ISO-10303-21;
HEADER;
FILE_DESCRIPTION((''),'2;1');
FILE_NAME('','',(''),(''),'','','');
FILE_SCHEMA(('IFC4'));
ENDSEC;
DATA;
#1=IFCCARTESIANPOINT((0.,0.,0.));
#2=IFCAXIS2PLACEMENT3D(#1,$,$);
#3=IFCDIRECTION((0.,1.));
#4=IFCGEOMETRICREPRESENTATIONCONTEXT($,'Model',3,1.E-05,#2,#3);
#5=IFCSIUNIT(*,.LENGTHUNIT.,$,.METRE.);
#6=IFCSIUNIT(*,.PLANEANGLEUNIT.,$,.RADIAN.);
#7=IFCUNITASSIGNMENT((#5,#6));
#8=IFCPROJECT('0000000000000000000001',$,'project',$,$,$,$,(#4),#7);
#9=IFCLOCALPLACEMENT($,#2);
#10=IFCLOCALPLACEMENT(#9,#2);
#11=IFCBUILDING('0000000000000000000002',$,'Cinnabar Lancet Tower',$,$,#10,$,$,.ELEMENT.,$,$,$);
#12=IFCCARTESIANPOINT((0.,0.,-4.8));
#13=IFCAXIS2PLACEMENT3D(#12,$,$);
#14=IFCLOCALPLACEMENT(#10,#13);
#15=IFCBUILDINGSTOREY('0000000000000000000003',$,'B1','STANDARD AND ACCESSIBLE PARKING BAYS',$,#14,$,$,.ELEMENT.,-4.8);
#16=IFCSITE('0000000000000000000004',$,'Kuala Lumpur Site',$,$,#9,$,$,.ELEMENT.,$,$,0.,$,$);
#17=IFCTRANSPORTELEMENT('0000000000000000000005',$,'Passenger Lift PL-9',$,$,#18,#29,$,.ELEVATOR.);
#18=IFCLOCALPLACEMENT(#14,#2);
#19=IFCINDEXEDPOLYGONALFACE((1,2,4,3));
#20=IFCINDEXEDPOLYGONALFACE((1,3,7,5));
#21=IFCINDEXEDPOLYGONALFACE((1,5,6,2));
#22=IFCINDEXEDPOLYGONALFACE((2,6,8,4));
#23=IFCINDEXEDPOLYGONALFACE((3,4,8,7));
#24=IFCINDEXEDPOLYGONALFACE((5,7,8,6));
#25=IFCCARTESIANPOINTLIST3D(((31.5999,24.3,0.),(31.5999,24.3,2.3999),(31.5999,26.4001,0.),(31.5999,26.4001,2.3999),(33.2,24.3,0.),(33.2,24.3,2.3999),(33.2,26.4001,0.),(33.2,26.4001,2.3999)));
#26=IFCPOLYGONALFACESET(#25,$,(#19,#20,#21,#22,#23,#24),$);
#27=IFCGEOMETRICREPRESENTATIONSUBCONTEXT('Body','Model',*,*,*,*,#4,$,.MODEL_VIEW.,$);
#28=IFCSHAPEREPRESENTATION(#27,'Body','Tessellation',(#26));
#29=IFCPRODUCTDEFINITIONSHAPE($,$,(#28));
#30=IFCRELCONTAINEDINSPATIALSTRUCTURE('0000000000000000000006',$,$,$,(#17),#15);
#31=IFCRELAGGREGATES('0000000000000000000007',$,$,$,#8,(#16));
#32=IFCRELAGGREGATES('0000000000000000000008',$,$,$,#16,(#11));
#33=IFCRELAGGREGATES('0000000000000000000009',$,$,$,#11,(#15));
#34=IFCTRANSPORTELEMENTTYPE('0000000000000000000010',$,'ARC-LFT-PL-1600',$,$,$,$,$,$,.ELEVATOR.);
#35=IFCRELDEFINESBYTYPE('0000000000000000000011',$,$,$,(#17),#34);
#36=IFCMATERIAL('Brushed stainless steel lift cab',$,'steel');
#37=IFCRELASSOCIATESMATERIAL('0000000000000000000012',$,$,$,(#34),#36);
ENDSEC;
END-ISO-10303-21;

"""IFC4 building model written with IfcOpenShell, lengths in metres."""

from ifc_helpers import new_model, si_unit, direction, frame, origin, origin_2d, place, context, subcontext, project, spatial, rectangle, extrude, material, type_object, element, save


model = new_model("IFC4")

# Units and contexts
model_context = context("Model", 3, precision=1e-05, world=origin(), true_north=direction((0.0, 1.0)))
body_context = subcontext(model_context, "Body", "Model", "MODEL_VIEW")
ifc_project = project(units=[si_unit("LENGTHUNIT", "METRE"), si_unit("PLANEANGLEUNIT", "RADIAN")], contexts=[model_context])

# Site, building, storey
site_placement = place(None, origin())
site = spatial("IfcSite", under=ifc_project, at=site_placement, Name="Kuala Lumpur Site", CompositionType="ELEMENT", RefElevation=0.0)
building_placement = place(site_placement, origin())
building = spatial("IfcBuilding", under=site, at=building_placement, Name="Cinnabar Lancet Tower", CompositionType="ELEMENT")
storey_placement = place(building_placement, frame((0.0, 0.0, -4.8)))
storey = spatial("IfcBuildingStorey", under=building, at=storey_placement, Name="B1", Description="STANDARD AND ACCESSIBLE PARKING BAYS", CompositionType="ELEMENT", Elevation=-4.8)

# Transport element
ifc_material_1 = material(Name="Brushed stainless steel lift cab", Category="steel")
transport_element_type_1 = type_object("IfcTransportElementType", Name="ARC-LFT-PL-1600", PredefinedType="ELEVATOR", material=ifc_material_1)
for number, where, z_axis, x_axis, name in (
    (1, (32.3999, 25.3501, 0.0), (0.0, 0.0, 1.0), (1.0, 0.0, 0.0), "Passenger Lift PL-9"),
):
    element("IfcTransportElement", number, at=place(storey_placement, frame(where, z_axis=z_axis, x_axis=x_axis)), inside=storey, type_object=transport_element_type_1, Name=name, PredefinedType="ELEVATOR", context=body_context, shape_type="SweptSolid", body=[
        extrude(rectangle(XDim=1.6001, YDim=2.1001, at=origin_2d()), origin(), (0.0, 0.0, 1.0), 2.3999),
    ])

save(model, "model.ifc")
